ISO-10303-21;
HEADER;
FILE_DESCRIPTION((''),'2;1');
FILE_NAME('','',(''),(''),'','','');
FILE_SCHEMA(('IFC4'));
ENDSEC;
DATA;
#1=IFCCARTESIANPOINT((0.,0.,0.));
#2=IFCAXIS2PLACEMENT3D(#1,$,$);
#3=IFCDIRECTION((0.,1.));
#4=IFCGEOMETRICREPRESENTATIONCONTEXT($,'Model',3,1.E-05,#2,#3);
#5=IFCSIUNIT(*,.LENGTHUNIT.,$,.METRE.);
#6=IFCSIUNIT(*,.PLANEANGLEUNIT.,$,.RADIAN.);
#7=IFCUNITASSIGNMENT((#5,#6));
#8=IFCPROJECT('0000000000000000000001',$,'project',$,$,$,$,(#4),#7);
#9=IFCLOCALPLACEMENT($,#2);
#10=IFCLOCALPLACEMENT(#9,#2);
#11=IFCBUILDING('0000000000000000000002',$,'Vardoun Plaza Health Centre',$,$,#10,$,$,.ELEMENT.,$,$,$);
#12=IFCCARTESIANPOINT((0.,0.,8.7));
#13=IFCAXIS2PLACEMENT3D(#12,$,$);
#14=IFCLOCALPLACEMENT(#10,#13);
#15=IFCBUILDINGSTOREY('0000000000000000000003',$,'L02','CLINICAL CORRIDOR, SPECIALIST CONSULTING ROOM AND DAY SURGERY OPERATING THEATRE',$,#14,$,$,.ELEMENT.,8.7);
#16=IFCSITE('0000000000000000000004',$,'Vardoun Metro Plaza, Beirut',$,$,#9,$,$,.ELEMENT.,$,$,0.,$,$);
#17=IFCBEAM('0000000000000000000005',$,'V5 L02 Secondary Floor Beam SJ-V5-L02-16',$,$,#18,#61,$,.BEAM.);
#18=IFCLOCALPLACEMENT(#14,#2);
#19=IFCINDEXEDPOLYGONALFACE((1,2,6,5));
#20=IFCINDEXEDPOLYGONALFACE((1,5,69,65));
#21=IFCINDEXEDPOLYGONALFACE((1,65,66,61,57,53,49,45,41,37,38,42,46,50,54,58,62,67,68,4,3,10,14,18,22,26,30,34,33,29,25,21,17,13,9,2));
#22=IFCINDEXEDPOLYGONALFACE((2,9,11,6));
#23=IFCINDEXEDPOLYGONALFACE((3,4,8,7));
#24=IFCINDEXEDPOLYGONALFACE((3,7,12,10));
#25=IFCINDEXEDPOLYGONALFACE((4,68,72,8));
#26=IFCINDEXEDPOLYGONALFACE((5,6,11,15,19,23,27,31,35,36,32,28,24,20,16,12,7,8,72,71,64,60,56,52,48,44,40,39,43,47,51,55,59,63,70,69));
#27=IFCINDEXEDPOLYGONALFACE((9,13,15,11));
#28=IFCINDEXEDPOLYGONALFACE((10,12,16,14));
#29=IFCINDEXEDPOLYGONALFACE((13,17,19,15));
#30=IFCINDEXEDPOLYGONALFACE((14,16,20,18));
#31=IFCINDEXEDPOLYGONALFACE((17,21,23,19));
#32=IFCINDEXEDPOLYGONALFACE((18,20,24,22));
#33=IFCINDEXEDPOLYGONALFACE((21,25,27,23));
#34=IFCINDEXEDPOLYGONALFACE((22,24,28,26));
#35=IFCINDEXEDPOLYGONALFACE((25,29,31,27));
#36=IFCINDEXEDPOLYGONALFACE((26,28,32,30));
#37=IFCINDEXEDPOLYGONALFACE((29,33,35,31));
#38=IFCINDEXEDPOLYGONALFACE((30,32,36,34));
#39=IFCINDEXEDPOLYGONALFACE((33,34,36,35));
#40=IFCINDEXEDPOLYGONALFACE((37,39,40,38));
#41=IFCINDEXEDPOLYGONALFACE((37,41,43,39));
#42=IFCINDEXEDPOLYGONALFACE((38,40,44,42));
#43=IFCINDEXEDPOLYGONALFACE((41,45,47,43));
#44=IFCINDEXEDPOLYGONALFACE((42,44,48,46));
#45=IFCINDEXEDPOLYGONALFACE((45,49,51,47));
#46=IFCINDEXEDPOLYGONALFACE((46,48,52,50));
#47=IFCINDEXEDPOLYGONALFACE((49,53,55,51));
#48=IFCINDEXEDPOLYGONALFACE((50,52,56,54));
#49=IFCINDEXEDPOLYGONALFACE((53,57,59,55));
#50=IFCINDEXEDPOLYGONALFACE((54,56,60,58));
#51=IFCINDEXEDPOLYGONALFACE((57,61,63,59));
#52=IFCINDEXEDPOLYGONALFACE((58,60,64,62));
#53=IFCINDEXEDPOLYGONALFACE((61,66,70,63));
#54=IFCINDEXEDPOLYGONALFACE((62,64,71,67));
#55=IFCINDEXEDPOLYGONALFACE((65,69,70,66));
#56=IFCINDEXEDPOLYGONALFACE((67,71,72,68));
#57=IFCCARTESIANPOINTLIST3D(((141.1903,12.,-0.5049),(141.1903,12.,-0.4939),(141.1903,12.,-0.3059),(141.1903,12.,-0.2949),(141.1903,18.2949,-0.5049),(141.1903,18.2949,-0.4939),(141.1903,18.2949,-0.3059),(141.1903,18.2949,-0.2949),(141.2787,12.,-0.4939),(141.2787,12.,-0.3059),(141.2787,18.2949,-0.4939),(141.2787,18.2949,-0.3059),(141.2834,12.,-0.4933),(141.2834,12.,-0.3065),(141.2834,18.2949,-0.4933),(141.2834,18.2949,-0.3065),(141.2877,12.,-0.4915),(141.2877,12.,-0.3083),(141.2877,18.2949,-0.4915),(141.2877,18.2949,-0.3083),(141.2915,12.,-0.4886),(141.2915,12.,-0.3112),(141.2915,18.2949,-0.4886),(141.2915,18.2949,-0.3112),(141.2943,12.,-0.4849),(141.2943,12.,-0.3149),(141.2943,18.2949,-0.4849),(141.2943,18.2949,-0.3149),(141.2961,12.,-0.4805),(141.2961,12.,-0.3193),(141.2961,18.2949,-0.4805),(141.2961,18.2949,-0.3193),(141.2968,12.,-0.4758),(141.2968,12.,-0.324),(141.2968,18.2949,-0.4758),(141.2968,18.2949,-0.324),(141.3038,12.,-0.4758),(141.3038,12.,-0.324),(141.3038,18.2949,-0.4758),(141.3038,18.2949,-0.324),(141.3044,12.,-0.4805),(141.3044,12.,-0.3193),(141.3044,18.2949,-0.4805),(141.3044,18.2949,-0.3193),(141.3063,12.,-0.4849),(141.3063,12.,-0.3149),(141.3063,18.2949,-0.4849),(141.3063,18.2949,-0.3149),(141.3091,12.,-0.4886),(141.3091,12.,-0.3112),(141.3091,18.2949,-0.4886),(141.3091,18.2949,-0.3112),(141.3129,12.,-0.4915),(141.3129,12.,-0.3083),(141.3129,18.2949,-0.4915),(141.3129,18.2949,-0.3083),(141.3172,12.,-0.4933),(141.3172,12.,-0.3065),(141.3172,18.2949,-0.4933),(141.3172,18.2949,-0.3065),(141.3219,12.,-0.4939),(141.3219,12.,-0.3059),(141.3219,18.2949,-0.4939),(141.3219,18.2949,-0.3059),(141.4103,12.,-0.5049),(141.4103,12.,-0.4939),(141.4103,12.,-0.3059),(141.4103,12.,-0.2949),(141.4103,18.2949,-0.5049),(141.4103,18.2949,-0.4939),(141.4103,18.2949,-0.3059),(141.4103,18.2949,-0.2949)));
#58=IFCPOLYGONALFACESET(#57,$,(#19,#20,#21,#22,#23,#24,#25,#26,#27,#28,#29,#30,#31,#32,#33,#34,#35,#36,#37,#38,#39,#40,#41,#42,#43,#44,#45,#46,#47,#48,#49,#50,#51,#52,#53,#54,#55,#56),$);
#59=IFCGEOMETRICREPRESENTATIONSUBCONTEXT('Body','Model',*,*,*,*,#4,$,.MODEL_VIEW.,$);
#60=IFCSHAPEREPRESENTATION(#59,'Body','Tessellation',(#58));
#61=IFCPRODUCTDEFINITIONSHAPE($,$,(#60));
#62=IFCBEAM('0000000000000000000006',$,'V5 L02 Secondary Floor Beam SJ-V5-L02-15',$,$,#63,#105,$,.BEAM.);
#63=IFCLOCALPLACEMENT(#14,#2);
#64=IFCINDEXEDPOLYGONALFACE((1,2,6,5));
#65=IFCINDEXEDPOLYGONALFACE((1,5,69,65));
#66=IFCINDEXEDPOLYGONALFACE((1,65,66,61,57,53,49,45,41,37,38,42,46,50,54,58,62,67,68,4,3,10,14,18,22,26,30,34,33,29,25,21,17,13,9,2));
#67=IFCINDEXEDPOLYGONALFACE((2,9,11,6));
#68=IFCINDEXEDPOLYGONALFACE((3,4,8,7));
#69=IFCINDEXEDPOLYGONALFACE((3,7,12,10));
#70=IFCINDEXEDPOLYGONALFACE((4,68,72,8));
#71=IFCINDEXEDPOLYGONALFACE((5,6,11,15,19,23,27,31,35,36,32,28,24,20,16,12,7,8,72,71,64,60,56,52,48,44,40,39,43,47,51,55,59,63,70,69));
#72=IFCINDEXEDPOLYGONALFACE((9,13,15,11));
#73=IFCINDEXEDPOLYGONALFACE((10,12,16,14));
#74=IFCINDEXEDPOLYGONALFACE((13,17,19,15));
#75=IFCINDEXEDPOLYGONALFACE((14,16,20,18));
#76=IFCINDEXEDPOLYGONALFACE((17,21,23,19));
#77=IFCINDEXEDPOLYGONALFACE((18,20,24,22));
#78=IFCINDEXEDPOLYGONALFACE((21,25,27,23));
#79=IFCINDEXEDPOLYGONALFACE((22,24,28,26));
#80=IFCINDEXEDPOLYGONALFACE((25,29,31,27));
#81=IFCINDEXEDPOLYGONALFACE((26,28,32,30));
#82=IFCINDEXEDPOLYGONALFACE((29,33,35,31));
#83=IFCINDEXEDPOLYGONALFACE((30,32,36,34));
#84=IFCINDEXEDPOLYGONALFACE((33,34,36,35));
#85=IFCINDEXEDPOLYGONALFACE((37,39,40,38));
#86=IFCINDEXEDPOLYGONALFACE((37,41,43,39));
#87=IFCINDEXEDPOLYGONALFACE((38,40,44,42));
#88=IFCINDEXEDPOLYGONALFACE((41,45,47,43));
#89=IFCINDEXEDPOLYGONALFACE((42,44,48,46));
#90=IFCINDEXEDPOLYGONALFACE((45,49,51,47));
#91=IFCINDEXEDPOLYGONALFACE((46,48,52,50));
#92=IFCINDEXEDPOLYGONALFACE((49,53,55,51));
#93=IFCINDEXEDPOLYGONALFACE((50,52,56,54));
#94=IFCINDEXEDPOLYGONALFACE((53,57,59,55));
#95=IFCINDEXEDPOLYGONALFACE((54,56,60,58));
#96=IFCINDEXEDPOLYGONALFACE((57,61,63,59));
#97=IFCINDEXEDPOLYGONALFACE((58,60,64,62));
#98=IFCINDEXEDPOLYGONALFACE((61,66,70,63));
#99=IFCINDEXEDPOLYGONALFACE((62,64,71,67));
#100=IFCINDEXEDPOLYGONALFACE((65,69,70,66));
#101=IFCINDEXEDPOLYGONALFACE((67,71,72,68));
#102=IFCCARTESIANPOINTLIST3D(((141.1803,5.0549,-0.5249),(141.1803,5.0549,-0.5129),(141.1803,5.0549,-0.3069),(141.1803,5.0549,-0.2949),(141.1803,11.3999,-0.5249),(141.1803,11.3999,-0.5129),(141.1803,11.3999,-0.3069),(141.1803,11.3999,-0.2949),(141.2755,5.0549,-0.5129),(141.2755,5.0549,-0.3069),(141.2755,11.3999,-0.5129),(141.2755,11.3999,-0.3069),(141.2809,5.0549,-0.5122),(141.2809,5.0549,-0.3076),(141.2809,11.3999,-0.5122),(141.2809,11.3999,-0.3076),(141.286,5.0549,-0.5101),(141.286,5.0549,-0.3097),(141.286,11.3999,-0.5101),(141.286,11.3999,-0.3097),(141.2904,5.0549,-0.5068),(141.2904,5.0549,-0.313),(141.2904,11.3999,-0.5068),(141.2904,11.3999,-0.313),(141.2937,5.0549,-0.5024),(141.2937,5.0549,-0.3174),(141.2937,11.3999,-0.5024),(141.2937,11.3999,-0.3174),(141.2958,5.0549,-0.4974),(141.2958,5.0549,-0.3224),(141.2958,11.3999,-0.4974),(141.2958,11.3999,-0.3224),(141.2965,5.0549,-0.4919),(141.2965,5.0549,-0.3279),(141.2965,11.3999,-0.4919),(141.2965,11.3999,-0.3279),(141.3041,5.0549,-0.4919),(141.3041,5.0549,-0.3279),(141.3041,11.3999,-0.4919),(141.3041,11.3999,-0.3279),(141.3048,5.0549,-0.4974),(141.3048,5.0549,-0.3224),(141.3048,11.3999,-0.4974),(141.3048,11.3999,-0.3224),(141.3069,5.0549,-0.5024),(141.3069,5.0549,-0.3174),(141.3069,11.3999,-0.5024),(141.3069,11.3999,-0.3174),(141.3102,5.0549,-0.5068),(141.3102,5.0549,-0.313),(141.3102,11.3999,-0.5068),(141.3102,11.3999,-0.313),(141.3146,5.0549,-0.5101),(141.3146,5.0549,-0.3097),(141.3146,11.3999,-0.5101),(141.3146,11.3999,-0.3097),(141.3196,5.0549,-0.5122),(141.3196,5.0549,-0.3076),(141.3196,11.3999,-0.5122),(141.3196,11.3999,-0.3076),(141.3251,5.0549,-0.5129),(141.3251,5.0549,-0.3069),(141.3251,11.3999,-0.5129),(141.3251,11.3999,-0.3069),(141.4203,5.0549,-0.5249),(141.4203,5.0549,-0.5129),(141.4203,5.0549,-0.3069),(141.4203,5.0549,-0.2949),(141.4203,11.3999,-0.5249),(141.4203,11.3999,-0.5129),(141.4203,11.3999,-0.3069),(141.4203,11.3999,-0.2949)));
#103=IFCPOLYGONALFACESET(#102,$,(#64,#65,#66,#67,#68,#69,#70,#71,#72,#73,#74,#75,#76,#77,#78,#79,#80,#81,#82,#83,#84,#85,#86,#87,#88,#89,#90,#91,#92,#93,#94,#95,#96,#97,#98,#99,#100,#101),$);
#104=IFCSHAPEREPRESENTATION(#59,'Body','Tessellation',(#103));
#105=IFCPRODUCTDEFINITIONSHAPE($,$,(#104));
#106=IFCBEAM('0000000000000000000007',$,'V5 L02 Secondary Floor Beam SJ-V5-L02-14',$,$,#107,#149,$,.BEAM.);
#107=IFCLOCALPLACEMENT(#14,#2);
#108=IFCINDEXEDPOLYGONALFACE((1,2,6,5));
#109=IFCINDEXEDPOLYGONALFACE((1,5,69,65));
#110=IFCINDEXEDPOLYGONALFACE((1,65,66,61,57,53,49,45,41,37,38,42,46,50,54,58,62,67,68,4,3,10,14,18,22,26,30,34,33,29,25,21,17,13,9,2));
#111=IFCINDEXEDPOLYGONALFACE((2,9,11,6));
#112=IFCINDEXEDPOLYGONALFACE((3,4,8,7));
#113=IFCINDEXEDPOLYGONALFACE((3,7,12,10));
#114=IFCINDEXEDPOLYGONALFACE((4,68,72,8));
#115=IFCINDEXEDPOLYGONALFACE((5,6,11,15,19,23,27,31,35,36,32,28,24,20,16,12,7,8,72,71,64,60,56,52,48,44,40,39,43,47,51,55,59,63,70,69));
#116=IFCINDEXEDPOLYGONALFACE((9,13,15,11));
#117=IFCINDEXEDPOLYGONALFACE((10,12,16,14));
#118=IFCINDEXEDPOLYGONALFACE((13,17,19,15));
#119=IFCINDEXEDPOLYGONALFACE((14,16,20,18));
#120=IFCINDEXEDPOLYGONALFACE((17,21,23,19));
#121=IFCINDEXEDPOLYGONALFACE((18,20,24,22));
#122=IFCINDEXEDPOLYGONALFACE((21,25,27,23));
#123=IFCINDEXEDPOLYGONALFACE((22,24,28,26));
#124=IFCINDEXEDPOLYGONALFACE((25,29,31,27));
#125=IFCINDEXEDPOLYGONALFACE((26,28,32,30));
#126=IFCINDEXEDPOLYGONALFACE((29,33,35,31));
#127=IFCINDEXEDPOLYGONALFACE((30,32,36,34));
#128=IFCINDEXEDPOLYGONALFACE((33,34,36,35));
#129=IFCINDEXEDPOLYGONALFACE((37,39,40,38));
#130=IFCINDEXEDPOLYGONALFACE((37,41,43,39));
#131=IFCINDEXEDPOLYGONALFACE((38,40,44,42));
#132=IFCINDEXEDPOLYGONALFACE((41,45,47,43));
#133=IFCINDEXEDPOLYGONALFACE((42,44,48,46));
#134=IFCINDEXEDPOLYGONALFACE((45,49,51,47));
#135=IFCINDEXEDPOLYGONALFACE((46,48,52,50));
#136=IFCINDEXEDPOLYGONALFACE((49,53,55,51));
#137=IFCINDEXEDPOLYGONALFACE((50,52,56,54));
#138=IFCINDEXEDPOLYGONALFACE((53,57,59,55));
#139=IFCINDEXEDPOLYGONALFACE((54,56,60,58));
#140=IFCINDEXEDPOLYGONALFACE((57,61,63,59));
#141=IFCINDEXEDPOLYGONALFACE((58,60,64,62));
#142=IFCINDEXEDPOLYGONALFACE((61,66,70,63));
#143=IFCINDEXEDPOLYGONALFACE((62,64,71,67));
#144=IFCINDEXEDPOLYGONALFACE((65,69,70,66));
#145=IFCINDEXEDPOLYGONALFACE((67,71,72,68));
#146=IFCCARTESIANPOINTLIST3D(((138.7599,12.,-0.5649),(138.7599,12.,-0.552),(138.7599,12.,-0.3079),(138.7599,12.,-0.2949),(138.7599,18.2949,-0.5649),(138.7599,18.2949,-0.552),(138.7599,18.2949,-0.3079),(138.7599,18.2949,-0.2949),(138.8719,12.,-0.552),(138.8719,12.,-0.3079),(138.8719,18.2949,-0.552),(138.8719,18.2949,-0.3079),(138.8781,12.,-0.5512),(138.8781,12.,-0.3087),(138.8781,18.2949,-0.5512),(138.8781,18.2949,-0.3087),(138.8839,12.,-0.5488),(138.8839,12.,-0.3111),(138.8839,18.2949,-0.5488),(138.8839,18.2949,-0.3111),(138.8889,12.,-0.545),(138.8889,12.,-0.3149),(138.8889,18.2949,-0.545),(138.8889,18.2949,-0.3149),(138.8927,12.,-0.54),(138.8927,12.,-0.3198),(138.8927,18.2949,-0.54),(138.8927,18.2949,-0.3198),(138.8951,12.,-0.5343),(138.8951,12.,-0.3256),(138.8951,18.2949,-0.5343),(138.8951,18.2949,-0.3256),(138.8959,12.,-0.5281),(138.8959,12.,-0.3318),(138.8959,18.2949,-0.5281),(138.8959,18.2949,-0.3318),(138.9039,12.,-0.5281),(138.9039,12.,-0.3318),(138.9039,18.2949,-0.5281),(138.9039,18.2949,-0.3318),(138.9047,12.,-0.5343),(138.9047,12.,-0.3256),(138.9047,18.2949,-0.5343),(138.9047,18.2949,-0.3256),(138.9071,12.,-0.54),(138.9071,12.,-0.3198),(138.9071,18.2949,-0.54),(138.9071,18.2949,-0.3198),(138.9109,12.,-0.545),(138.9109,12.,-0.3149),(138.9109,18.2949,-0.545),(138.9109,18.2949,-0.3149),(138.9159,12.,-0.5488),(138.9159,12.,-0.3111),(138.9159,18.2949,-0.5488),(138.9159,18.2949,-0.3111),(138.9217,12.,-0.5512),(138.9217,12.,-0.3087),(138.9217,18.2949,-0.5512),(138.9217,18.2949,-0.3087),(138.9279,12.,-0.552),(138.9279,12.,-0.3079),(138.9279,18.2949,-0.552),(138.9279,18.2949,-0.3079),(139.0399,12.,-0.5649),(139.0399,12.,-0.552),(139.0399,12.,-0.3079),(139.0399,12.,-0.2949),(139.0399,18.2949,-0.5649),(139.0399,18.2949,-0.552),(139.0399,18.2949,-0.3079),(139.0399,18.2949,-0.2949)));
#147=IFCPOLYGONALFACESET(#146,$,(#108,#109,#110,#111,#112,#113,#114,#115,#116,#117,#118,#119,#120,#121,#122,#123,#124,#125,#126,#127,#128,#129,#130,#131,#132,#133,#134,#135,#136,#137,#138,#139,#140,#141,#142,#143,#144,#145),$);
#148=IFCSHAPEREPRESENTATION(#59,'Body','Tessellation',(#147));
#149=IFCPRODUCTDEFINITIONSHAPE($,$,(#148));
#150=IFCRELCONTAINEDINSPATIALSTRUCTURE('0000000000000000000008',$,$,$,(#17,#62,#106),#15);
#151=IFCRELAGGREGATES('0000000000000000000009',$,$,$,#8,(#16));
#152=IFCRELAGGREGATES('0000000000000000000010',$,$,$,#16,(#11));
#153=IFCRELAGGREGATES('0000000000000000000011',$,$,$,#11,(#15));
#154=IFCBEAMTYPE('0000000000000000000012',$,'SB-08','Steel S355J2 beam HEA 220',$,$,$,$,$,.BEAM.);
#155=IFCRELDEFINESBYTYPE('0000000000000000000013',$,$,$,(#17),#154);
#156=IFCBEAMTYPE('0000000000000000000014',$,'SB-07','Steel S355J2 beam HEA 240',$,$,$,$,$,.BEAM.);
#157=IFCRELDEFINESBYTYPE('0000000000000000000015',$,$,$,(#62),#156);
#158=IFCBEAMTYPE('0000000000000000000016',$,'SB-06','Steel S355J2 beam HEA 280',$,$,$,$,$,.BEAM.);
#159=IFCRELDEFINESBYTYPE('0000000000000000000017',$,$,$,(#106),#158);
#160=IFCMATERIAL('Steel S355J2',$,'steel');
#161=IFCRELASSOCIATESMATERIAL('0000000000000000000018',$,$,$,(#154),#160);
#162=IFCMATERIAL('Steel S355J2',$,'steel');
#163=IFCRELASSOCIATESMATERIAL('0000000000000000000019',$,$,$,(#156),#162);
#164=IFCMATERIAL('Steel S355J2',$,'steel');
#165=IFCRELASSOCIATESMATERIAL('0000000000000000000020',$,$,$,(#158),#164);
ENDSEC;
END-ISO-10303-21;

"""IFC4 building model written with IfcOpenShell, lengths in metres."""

from ifc_helpers import new_model, si_unit, direction, frame, origin, origin_2d, place, context, subcontext, project, spatial, i_section, extrude, material, material_profile, profile_set, type_object, element, save


model = new_model("IFC4")

# Units and contexts
model_context = context("Model", 3, precision=1e-05, world=origin(), true_north=direction((0.0, 1.0)))
body_context = subcontext(model_context, "Body", "Model", "MODEL_VIEW")
ifc_project = project(units=[si_unit("LENGTHUNIT", "METRE"), si_unit("PLANEANGLEUNIT", "RADIAN")], contexts=[model_context])

# Site, building, storey
site_placement = place(None, origin())
site = spatial("IfcSite", under=ifc_project, at=site_placement, Name="Vardoun Metro Plaza, Beirut", CompositionType="ELEMENT", RefElevation=0.0)
building_placement = place(site_placement, origin())
building = spatial("IfcBuilding", under=site, at=building_placement, Name="Vardoun Plaza Health Centre", CompositionType="ELEMENT")
storey_placement = place(building_placement, frame((0.0, 0.0, 8.7)))
storey = spatial("IfcBuildingStorey", under=building, at=storey_placement, Name="L02", Description="CLINICAL CORRIDOR, SPECIALIST CONSULTING ROOM AND DAY SURGERY OPERATING THEATRE", CompositionType="ELEMENT", Elevation=8.7)

# Beams
ifc_material_1 = material(Name="Steel S355J2", Category="steel")
ifc_material_profile_1 = material_profile(ifc_material_1, i_section(OverallWidth=0.22, OverallDepth=0.21, WebThickness=0.0071, FlangeThickness=0.011, FilletRadius=0.0181, at=origin_2d()), Name="HEA 220")
ifc_profile_set_1 = profile_set([ifc_material_profile_1], Name="Steel S355J2")
beam_type_1 = type_object("IfcBeamType", Name="SB-08", Description="Steel S355J2 beam HEA 220", PredefinedType="BEAM", material=ifc_profile_set_1)
beam_1_placement = place(storey_placement, frame((141.3003, 12.0, -0.3999), z_axis=(0.0, 1.0, 0.0), x_axis=(-1.0, 0.0, 0.0)))
element("IfcBeam", 1, at=beam_1_placement, inside=storey, type_object=beam_type_1, Name="V5 L02 Secondary Floor Beam SJ-V5-L02-16", PredefinedType="BEAM", context=body_context, shape_type="SweptSolid", body=[
    extrude(i_section(OverallWidth=0.22, OverallDepth=0.21, WebThickness=0.0071, FlangeThickness=0.011, FilletRadius=0.0181, at=origin_2d()), origin(), (0.0, 0.0, 1.0), 6.2949),
])
ifc_material_2 = material(Name="Steel S355J2", Category="steel")
ifc_material_profile_2 = material_profile(ifc_material_2, i_section(OverallWidth=0.24, OverallDepth=0.23, WebThickness=0.0076, FlangeThickness=0.012, FilletRadius=0.021, at=origin_2d()), Name="HEA 240")
ifc_profile_set_2 = profile_set([ifc_material_profile_2], Name="Steel S355J2")
beam_type_2 = type_object("IfcBeamType", Name="SB-07", Description="Steel S355J2 beam HEA 240", PredefinedType="BEAM", material=ifc_profile_set_2)
beam_2_placement = place(storey_placement, frame((141.3003, 5.0549, -0.4099), z_axis=(0.0, 1.0, 0.0), x_axis=(-1.0, 0.0, 0.0)))
element("IfcBeam", 2, at=beam_2_placement, inside=storey, type_object=beam_type_2, Name="V5 L02 Secondary Floor Beam SJ-V5-L02-15", PredefinedType="BEAM", context=body_context, shape_type="SweptSolid", body=[
    extrude(i_section(OverallWidth=0.24, OverallDepth=0.23, WebThickness=0.0076, FlangeThickness=0.012, FilletRadius=0.021, at=origin_2d()), origin(), (0.0, 0.0, 1.0), 6.345),
])
ifc_material_3 = material(Name="Steel S355J2", Category="steel")
ifc_material_profile_3 = material_profile(ifc_material_3, i_section(OverallWidth=0.28, OverallDepth=0.27, WebThickness=0.0081, FlangeThickness=0.0129, FilletRadius=0.0239, at=origin_2d()), Name="HEA 280")
ifc_profile_set_3 = profile_set([ifc_material_profile_3], Name="Steel S355J2")
beam_type_3 = type_object("IfcBeamType", Name="SB-06", Description="Steel S355J2 beam HEA 280", PredefinedType="BEAM", material=ifc_profile_set_3)
beam_3_placement = place(storey_placement, frame((138.8999, 12.0, -0.4299), z_axis=(0.0, 1.0, 0.0), x_axis=(-1.0, 0.0, 0.0)))
element("IfcBeam", 3, at=beam_3_placement, inside=storey, type_object=beam_type_3, Name="V5 L02 Secondary Floor Beam SJ-V5-L02-14", PredefinedType="BEAM", context=body_context, shape_type="SweptSolid", body=[
    extrude(i_section(OverallWidth=0.28, OverallDepth=0.27, WebThickness=0.0081, FlangeThickness=0.0129, FilletRadius=0.0239, at=origin_2d()), origin(), (0.0, 0.0, 1.0), 6.2949),
])

save(model, "model.ifc")
